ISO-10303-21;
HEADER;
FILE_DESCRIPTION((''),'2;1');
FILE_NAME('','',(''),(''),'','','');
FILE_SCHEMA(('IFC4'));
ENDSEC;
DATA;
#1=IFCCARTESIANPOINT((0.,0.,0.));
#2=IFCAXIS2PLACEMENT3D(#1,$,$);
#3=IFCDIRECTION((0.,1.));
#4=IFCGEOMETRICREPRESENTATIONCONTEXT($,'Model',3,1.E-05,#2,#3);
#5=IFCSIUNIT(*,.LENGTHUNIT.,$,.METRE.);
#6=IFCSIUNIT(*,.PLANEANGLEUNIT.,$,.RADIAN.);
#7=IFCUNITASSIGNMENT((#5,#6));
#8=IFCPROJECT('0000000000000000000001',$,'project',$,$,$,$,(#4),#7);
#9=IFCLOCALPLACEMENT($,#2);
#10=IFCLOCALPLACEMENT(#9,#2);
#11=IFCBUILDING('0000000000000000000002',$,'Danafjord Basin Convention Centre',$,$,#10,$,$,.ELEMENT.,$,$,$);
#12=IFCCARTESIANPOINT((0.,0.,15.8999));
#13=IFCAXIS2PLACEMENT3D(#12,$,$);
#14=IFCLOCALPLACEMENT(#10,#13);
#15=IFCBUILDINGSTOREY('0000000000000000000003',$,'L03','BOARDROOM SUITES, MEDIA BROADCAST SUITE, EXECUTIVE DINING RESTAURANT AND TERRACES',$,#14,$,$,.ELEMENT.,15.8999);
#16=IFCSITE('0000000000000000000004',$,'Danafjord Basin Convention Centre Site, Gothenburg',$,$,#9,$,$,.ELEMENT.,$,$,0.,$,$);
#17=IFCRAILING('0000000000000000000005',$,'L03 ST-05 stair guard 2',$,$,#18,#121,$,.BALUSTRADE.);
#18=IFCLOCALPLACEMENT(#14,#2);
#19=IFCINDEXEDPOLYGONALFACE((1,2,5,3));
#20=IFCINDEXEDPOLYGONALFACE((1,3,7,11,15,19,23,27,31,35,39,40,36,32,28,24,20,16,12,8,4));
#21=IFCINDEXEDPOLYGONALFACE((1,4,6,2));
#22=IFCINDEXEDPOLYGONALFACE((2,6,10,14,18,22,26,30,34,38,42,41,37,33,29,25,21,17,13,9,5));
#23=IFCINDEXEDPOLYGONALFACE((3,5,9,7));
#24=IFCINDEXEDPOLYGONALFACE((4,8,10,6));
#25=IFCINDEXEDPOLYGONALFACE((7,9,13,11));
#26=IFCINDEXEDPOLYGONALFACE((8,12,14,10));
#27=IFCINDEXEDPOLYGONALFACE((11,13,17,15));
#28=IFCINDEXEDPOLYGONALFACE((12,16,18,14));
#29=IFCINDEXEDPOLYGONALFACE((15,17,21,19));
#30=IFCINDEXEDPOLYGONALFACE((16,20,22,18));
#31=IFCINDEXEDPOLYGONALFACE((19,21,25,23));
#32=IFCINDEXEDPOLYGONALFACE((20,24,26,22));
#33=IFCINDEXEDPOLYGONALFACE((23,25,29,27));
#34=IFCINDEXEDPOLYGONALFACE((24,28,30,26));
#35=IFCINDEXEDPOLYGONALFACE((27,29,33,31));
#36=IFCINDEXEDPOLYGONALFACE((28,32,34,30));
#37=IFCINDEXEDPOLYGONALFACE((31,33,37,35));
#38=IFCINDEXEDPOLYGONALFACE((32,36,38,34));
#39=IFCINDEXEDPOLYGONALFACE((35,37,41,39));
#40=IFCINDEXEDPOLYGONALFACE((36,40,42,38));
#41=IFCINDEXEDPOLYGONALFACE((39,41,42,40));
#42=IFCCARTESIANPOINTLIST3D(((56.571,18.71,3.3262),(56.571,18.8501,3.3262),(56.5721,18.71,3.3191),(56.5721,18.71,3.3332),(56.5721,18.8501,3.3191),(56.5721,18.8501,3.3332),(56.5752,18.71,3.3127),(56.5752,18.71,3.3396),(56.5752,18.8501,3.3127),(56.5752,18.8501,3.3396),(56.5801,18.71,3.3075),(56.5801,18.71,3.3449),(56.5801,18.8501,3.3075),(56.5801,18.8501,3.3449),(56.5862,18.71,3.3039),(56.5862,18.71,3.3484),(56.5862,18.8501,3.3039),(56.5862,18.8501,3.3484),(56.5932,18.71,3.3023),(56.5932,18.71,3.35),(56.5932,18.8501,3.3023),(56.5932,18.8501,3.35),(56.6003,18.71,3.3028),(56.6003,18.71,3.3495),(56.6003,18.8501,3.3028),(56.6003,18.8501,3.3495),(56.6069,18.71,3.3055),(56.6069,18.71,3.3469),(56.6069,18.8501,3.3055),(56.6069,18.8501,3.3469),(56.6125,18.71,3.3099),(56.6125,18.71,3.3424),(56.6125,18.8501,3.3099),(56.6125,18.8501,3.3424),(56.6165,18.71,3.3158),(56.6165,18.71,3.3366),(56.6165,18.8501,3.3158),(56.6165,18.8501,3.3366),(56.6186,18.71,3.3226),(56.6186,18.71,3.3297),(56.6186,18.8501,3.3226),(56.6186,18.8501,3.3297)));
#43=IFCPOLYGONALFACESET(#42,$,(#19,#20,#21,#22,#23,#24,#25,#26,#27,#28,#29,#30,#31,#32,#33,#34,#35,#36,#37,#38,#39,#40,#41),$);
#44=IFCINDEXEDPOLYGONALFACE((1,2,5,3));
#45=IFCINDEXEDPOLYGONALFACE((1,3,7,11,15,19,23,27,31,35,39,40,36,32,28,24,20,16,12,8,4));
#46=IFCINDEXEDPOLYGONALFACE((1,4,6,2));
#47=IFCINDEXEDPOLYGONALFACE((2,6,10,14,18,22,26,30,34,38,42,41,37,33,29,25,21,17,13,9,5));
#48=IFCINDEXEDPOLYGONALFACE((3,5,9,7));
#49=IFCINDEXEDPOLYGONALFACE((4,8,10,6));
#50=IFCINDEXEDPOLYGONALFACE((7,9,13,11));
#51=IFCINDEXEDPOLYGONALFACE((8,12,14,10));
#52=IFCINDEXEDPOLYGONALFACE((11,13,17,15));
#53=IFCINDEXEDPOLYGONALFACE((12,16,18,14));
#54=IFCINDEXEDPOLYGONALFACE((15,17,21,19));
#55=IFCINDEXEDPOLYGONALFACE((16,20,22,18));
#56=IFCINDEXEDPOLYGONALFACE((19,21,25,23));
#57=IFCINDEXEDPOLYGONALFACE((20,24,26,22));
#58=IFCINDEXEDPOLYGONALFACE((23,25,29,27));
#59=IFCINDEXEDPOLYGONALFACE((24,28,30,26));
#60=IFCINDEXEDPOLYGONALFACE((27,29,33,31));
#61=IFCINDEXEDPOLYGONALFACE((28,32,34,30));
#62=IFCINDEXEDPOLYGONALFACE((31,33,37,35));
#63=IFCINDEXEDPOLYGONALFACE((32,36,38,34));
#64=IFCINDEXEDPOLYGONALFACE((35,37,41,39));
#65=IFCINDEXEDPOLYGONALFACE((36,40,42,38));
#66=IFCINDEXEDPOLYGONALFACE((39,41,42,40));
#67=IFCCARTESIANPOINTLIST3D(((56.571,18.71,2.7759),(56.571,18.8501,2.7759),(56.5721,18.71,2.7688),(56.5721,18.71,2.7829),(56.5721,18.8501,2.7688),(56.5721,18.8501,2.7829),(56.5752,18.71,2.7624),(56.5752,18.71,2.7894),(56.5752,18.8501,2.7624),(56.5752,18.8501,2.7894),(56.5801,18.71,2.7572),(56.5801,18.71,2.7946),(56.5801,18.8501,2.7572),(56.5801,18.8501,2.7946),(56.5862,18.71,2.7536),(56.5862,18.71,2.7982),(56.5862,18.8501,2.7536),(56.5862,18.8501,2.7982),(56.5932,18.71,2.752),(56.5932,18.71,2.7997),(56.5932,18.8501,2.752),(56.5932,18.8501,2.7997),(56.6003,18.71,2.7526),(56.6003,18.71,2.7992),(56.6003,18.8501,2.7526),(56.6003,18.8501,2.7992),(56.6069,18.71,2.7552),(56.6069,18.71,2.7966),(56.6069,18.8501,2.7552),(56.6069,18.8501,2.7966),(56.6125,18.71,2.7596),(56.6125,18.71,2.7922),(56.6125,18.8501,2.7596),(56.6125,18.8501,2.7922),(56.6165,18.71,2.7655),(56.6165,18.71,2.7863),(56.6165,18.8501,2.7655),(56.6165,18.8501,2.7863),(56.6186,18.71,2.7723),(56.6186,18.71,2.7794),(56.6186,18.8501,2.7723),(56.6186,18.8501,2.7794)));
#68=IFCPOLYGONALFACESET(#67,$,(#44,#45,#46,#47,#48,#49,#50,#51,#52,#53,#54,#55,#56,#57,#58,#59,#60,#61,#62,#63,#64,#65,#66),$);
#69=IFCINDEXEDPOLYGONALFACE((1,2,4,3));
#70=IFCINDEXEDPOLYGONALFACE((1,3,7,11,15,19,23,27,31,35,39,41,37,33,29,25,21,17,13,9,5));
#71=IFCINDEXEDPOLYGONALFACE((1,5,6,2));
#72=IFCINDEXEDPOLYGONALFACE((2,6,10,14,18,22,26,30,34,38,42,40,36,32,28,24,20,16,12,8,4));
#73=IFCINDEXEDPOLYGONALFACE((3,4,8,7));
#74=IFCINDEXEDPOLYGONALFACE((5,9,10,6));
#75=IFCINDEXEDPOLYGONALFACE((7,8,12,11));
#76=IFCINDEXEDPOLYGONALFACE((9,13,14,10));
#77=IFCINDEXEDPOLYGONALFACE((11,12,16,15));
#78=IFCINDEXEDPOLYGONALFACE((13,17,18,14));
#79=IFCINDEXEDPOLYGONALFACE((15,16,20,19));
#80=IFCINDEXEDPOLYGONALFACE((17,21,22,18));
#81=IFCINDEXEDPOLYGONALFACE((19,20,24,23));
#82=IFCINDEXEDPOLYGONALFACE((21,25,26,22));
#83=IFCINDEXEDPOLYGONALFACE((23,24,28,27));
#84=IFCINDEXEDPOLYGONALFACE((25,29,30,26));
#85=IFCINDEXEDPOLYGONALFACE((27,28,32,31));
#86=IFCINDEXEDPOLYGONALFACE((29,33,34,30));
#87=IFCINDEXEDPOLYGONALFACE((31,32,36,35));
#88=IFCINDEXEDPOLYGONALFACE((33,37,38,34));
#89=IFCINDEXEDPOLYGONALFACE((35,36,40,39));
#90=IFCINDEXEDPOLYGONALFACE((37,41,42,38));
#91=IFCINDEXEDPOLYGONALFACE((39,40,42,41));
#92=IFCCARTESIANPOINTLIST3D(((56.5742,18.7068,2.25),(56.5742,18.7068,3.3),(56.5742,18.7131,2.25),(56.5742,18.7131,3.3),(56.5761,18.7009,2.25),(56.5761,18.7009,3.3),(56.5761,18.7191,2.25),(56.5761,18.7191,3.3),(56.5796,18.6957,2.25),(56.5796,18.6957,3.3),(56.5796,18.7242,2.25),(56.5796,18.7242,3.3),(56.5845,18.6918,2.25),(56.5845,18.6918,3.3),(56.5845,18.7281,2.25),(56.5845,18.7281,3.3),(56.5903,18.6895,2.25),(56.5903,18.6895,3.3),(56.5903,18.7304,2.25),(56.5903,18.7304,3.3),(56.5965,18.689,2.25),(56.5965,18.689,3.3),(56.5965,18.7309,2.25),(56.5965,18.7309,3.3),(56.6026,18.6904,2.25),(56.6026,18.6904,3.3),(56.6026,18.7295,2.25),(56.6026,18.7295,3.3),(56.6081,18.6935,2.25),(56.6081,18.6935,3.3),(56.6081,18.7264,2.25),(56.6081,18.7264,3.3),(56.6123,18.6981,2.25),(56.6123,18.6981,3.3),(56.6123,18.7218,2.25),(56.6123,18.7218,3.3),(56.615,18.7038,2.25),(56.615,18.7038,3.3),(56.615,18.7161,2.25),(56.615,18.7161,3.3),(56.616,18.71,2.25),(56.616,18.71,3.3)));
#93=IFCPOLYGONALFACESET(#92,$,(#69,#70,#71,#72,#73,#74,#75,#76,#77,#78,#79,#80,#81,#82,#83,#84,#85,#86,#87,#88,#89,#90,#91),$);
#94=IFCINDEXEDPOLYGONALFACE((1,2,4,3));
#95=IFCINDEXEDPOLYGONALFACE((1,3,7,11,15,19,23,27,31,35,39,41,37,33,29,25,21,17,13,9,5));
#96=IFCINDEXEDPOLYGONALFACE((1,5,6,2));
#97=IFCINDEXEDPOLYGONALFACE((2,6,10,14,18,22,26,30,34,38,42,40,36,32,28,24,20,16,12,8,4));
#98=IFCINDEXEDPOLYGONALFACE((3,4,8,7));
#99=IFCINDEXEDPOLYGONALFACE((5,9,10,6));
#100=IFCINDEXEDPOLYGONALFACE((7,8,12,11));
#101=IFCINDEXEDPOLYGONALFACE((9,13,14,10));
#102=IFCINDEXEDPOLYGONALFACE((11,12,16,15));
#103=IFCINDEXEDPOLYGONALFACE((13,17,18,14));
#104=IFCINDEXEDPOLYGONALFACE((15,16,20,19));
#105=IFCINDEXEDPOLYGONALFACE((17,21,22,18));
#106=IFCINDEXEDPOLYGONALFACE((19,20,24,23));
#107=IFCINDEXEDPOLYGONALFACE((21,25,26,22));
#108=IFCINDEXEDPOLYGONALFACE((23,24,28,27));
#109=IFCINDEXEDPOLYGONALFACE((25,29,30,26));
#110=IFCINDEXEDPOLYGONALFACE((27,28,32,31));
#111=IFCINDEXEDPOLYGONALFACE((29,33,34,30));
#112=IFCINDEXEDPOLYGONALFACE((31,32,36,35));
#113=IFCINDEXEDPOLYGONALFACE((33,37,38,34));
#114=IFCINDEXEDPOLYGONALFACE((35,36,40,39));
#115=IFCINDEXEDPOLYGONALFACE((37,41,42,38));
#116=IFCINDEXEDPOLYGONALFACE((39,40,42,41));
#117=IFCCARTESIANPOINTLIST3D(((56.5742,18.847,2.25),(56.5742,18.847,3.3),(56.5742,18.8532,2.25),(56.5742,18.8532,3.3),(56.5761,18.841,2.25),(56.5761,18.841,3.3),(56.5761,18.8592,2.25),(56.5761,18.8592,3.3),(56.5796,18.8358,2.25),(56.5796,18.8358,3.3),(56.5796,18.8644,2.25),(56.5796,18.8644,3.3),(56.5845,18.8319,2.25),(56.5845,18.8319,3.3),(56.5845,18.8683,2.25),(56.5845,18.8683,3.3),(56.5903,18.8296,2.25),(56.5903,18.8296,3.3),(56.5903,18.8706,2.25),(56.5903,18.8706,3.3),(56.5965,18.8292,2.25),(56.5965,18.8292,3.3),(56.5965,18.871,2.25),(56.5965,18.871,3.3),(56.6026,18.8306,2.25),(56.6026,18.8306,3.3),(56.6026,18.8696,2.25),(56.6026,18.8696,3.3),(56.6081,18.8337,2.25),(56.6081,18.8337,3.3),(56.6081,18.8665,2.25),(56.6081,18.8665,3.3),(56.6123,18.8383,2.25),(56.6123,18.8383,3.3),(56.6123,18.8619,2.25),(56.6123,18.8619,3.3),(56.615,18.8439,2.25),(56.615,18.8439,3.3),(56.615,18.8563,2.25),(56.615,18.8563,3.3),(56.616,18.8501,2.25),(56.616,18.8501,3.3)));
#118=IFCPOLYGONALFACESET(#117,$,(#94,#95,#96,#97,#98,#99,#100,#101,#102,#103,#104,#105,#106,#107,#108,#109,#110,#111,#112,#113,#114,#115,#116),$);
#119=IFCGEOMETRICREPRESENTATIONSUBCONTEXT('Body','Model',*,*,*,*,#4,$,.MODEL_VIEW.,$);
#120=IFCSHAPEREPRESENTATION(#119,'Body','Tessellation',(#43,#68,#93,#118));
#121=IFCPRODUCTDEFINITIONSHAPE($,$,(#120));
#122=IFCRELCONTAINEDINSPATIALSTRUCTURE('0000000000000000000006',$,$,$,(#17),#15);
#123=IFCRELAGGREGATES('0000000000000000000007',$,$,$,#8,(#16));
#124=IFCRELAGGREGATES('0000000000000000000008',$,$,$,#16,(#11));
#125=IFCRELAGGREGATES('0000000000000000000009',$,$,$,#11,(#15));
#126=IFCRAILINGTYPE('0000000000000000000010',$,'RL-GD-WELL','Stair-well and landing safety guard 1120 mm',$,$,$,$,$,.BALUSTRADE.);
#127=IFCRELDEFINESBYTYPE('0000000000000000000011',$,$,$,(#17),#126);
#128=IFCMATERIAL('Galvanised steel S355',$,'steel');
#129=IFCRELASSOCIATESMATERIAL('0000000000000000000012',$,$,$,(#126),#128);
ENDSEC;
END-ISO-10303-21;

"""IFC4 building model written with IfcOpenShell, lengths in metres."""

from ifc_helpers import new_model, si_unit, direction, frame, origin, origin_2d, place, context, subcontext, project, spatial, circle, extrude, material, type_object, element, save


model = new_model("IFC4")

# Units and contexts
model_context = context("Model", 3, precision=1e-05, world=origin(), true_north=direction((0.0, 1.0)))
body_context = subcontext(model_context, "Body", "Model", "MODEL_VIEW")
ifc_project = project(units=[si_unit("LENGTHUNIT", "METRE"), si_unit("PLANEANGLEUNIT", "RADIAN")], contexts=[model_context])

# Site, building, storey
site_placement = place(None, origin())
site = spatial("IfcSite", under=ifc_project, at=site_placement, Name="Danafjord Basin Convention Centre Site, Gothenburg", CompositionType="ELEMENT", RefElevation=0.0)
building_placement = place(site_placement, origin())
building = spatial("IfcBuilding", under=site, at=building_placement, Name="Danafjord Basin Convention Centre", CompositionType="ELEMENT")
storey_placement = place(building_placement, frame((0.0, 0.0, 15.8999)))
storey = spatial("IfcBuildingStorey", under=building, at=storey_placement, Name="L03", Description="BOARDROOM SUITES, MEDIA BROADCAST SUITE, EXECUTIVE DINING RESTAURANT AND TERRACES", CompositionType="ELEMENT", Elevation=15.8999)

# Railing
ifc_material_1 = material(Name="Galvanised steel S355", Category="steel")
railing_type_1 = type_object("IfcRailingType", Name="RL-GD-WELL", Description="Stair-well and landing safety guard 1120 mm", PredefinedType="BALUSTRADE", material=ifc_material_1)
railing_1_placement = place(storey_placement, frame((56.595, 18.71, 2.25)))
element("IfcRailing", 1, at=railing_1_placement, inside=storey, type_object=railing_type_1, Name="L03 ST-05 stair guard 2", PredefinedType="BALUSTRADE", context=body_context, shape_type="SweptSolid", body=[
    extrude(circle(Radius=0.0239, at=origin_2d()), frame((0.0, 0.0, 1.0762), z_axis=(0.0, 1.0, 0.0), x_axis=(-1.0, 0.0, 0.0)), (0.0, 0.0, 1.0), 0.1401),
    extrude(circle(Radius=0.0239, at=origin_2d()), frame((0.0, 0.0, 0.5259), z_axis=(0.0, 1.0, 0.0), x_axis=(-1.0, 0.0, 0.0)), (0.0, 0.0, 1.0), 0.1401),
    extrude(circle(Radius=0.021, at=origin_2d()), origin(), (0.0, 0.0, 1.0), 1.05),
    extrude(circle(Radius=0.021, at=origin_2d()), frame((0.0, 0.1401, 0.0)), (0.0, 0.0, 1.0), 1.05),
])

save(model, "model.ifc")
